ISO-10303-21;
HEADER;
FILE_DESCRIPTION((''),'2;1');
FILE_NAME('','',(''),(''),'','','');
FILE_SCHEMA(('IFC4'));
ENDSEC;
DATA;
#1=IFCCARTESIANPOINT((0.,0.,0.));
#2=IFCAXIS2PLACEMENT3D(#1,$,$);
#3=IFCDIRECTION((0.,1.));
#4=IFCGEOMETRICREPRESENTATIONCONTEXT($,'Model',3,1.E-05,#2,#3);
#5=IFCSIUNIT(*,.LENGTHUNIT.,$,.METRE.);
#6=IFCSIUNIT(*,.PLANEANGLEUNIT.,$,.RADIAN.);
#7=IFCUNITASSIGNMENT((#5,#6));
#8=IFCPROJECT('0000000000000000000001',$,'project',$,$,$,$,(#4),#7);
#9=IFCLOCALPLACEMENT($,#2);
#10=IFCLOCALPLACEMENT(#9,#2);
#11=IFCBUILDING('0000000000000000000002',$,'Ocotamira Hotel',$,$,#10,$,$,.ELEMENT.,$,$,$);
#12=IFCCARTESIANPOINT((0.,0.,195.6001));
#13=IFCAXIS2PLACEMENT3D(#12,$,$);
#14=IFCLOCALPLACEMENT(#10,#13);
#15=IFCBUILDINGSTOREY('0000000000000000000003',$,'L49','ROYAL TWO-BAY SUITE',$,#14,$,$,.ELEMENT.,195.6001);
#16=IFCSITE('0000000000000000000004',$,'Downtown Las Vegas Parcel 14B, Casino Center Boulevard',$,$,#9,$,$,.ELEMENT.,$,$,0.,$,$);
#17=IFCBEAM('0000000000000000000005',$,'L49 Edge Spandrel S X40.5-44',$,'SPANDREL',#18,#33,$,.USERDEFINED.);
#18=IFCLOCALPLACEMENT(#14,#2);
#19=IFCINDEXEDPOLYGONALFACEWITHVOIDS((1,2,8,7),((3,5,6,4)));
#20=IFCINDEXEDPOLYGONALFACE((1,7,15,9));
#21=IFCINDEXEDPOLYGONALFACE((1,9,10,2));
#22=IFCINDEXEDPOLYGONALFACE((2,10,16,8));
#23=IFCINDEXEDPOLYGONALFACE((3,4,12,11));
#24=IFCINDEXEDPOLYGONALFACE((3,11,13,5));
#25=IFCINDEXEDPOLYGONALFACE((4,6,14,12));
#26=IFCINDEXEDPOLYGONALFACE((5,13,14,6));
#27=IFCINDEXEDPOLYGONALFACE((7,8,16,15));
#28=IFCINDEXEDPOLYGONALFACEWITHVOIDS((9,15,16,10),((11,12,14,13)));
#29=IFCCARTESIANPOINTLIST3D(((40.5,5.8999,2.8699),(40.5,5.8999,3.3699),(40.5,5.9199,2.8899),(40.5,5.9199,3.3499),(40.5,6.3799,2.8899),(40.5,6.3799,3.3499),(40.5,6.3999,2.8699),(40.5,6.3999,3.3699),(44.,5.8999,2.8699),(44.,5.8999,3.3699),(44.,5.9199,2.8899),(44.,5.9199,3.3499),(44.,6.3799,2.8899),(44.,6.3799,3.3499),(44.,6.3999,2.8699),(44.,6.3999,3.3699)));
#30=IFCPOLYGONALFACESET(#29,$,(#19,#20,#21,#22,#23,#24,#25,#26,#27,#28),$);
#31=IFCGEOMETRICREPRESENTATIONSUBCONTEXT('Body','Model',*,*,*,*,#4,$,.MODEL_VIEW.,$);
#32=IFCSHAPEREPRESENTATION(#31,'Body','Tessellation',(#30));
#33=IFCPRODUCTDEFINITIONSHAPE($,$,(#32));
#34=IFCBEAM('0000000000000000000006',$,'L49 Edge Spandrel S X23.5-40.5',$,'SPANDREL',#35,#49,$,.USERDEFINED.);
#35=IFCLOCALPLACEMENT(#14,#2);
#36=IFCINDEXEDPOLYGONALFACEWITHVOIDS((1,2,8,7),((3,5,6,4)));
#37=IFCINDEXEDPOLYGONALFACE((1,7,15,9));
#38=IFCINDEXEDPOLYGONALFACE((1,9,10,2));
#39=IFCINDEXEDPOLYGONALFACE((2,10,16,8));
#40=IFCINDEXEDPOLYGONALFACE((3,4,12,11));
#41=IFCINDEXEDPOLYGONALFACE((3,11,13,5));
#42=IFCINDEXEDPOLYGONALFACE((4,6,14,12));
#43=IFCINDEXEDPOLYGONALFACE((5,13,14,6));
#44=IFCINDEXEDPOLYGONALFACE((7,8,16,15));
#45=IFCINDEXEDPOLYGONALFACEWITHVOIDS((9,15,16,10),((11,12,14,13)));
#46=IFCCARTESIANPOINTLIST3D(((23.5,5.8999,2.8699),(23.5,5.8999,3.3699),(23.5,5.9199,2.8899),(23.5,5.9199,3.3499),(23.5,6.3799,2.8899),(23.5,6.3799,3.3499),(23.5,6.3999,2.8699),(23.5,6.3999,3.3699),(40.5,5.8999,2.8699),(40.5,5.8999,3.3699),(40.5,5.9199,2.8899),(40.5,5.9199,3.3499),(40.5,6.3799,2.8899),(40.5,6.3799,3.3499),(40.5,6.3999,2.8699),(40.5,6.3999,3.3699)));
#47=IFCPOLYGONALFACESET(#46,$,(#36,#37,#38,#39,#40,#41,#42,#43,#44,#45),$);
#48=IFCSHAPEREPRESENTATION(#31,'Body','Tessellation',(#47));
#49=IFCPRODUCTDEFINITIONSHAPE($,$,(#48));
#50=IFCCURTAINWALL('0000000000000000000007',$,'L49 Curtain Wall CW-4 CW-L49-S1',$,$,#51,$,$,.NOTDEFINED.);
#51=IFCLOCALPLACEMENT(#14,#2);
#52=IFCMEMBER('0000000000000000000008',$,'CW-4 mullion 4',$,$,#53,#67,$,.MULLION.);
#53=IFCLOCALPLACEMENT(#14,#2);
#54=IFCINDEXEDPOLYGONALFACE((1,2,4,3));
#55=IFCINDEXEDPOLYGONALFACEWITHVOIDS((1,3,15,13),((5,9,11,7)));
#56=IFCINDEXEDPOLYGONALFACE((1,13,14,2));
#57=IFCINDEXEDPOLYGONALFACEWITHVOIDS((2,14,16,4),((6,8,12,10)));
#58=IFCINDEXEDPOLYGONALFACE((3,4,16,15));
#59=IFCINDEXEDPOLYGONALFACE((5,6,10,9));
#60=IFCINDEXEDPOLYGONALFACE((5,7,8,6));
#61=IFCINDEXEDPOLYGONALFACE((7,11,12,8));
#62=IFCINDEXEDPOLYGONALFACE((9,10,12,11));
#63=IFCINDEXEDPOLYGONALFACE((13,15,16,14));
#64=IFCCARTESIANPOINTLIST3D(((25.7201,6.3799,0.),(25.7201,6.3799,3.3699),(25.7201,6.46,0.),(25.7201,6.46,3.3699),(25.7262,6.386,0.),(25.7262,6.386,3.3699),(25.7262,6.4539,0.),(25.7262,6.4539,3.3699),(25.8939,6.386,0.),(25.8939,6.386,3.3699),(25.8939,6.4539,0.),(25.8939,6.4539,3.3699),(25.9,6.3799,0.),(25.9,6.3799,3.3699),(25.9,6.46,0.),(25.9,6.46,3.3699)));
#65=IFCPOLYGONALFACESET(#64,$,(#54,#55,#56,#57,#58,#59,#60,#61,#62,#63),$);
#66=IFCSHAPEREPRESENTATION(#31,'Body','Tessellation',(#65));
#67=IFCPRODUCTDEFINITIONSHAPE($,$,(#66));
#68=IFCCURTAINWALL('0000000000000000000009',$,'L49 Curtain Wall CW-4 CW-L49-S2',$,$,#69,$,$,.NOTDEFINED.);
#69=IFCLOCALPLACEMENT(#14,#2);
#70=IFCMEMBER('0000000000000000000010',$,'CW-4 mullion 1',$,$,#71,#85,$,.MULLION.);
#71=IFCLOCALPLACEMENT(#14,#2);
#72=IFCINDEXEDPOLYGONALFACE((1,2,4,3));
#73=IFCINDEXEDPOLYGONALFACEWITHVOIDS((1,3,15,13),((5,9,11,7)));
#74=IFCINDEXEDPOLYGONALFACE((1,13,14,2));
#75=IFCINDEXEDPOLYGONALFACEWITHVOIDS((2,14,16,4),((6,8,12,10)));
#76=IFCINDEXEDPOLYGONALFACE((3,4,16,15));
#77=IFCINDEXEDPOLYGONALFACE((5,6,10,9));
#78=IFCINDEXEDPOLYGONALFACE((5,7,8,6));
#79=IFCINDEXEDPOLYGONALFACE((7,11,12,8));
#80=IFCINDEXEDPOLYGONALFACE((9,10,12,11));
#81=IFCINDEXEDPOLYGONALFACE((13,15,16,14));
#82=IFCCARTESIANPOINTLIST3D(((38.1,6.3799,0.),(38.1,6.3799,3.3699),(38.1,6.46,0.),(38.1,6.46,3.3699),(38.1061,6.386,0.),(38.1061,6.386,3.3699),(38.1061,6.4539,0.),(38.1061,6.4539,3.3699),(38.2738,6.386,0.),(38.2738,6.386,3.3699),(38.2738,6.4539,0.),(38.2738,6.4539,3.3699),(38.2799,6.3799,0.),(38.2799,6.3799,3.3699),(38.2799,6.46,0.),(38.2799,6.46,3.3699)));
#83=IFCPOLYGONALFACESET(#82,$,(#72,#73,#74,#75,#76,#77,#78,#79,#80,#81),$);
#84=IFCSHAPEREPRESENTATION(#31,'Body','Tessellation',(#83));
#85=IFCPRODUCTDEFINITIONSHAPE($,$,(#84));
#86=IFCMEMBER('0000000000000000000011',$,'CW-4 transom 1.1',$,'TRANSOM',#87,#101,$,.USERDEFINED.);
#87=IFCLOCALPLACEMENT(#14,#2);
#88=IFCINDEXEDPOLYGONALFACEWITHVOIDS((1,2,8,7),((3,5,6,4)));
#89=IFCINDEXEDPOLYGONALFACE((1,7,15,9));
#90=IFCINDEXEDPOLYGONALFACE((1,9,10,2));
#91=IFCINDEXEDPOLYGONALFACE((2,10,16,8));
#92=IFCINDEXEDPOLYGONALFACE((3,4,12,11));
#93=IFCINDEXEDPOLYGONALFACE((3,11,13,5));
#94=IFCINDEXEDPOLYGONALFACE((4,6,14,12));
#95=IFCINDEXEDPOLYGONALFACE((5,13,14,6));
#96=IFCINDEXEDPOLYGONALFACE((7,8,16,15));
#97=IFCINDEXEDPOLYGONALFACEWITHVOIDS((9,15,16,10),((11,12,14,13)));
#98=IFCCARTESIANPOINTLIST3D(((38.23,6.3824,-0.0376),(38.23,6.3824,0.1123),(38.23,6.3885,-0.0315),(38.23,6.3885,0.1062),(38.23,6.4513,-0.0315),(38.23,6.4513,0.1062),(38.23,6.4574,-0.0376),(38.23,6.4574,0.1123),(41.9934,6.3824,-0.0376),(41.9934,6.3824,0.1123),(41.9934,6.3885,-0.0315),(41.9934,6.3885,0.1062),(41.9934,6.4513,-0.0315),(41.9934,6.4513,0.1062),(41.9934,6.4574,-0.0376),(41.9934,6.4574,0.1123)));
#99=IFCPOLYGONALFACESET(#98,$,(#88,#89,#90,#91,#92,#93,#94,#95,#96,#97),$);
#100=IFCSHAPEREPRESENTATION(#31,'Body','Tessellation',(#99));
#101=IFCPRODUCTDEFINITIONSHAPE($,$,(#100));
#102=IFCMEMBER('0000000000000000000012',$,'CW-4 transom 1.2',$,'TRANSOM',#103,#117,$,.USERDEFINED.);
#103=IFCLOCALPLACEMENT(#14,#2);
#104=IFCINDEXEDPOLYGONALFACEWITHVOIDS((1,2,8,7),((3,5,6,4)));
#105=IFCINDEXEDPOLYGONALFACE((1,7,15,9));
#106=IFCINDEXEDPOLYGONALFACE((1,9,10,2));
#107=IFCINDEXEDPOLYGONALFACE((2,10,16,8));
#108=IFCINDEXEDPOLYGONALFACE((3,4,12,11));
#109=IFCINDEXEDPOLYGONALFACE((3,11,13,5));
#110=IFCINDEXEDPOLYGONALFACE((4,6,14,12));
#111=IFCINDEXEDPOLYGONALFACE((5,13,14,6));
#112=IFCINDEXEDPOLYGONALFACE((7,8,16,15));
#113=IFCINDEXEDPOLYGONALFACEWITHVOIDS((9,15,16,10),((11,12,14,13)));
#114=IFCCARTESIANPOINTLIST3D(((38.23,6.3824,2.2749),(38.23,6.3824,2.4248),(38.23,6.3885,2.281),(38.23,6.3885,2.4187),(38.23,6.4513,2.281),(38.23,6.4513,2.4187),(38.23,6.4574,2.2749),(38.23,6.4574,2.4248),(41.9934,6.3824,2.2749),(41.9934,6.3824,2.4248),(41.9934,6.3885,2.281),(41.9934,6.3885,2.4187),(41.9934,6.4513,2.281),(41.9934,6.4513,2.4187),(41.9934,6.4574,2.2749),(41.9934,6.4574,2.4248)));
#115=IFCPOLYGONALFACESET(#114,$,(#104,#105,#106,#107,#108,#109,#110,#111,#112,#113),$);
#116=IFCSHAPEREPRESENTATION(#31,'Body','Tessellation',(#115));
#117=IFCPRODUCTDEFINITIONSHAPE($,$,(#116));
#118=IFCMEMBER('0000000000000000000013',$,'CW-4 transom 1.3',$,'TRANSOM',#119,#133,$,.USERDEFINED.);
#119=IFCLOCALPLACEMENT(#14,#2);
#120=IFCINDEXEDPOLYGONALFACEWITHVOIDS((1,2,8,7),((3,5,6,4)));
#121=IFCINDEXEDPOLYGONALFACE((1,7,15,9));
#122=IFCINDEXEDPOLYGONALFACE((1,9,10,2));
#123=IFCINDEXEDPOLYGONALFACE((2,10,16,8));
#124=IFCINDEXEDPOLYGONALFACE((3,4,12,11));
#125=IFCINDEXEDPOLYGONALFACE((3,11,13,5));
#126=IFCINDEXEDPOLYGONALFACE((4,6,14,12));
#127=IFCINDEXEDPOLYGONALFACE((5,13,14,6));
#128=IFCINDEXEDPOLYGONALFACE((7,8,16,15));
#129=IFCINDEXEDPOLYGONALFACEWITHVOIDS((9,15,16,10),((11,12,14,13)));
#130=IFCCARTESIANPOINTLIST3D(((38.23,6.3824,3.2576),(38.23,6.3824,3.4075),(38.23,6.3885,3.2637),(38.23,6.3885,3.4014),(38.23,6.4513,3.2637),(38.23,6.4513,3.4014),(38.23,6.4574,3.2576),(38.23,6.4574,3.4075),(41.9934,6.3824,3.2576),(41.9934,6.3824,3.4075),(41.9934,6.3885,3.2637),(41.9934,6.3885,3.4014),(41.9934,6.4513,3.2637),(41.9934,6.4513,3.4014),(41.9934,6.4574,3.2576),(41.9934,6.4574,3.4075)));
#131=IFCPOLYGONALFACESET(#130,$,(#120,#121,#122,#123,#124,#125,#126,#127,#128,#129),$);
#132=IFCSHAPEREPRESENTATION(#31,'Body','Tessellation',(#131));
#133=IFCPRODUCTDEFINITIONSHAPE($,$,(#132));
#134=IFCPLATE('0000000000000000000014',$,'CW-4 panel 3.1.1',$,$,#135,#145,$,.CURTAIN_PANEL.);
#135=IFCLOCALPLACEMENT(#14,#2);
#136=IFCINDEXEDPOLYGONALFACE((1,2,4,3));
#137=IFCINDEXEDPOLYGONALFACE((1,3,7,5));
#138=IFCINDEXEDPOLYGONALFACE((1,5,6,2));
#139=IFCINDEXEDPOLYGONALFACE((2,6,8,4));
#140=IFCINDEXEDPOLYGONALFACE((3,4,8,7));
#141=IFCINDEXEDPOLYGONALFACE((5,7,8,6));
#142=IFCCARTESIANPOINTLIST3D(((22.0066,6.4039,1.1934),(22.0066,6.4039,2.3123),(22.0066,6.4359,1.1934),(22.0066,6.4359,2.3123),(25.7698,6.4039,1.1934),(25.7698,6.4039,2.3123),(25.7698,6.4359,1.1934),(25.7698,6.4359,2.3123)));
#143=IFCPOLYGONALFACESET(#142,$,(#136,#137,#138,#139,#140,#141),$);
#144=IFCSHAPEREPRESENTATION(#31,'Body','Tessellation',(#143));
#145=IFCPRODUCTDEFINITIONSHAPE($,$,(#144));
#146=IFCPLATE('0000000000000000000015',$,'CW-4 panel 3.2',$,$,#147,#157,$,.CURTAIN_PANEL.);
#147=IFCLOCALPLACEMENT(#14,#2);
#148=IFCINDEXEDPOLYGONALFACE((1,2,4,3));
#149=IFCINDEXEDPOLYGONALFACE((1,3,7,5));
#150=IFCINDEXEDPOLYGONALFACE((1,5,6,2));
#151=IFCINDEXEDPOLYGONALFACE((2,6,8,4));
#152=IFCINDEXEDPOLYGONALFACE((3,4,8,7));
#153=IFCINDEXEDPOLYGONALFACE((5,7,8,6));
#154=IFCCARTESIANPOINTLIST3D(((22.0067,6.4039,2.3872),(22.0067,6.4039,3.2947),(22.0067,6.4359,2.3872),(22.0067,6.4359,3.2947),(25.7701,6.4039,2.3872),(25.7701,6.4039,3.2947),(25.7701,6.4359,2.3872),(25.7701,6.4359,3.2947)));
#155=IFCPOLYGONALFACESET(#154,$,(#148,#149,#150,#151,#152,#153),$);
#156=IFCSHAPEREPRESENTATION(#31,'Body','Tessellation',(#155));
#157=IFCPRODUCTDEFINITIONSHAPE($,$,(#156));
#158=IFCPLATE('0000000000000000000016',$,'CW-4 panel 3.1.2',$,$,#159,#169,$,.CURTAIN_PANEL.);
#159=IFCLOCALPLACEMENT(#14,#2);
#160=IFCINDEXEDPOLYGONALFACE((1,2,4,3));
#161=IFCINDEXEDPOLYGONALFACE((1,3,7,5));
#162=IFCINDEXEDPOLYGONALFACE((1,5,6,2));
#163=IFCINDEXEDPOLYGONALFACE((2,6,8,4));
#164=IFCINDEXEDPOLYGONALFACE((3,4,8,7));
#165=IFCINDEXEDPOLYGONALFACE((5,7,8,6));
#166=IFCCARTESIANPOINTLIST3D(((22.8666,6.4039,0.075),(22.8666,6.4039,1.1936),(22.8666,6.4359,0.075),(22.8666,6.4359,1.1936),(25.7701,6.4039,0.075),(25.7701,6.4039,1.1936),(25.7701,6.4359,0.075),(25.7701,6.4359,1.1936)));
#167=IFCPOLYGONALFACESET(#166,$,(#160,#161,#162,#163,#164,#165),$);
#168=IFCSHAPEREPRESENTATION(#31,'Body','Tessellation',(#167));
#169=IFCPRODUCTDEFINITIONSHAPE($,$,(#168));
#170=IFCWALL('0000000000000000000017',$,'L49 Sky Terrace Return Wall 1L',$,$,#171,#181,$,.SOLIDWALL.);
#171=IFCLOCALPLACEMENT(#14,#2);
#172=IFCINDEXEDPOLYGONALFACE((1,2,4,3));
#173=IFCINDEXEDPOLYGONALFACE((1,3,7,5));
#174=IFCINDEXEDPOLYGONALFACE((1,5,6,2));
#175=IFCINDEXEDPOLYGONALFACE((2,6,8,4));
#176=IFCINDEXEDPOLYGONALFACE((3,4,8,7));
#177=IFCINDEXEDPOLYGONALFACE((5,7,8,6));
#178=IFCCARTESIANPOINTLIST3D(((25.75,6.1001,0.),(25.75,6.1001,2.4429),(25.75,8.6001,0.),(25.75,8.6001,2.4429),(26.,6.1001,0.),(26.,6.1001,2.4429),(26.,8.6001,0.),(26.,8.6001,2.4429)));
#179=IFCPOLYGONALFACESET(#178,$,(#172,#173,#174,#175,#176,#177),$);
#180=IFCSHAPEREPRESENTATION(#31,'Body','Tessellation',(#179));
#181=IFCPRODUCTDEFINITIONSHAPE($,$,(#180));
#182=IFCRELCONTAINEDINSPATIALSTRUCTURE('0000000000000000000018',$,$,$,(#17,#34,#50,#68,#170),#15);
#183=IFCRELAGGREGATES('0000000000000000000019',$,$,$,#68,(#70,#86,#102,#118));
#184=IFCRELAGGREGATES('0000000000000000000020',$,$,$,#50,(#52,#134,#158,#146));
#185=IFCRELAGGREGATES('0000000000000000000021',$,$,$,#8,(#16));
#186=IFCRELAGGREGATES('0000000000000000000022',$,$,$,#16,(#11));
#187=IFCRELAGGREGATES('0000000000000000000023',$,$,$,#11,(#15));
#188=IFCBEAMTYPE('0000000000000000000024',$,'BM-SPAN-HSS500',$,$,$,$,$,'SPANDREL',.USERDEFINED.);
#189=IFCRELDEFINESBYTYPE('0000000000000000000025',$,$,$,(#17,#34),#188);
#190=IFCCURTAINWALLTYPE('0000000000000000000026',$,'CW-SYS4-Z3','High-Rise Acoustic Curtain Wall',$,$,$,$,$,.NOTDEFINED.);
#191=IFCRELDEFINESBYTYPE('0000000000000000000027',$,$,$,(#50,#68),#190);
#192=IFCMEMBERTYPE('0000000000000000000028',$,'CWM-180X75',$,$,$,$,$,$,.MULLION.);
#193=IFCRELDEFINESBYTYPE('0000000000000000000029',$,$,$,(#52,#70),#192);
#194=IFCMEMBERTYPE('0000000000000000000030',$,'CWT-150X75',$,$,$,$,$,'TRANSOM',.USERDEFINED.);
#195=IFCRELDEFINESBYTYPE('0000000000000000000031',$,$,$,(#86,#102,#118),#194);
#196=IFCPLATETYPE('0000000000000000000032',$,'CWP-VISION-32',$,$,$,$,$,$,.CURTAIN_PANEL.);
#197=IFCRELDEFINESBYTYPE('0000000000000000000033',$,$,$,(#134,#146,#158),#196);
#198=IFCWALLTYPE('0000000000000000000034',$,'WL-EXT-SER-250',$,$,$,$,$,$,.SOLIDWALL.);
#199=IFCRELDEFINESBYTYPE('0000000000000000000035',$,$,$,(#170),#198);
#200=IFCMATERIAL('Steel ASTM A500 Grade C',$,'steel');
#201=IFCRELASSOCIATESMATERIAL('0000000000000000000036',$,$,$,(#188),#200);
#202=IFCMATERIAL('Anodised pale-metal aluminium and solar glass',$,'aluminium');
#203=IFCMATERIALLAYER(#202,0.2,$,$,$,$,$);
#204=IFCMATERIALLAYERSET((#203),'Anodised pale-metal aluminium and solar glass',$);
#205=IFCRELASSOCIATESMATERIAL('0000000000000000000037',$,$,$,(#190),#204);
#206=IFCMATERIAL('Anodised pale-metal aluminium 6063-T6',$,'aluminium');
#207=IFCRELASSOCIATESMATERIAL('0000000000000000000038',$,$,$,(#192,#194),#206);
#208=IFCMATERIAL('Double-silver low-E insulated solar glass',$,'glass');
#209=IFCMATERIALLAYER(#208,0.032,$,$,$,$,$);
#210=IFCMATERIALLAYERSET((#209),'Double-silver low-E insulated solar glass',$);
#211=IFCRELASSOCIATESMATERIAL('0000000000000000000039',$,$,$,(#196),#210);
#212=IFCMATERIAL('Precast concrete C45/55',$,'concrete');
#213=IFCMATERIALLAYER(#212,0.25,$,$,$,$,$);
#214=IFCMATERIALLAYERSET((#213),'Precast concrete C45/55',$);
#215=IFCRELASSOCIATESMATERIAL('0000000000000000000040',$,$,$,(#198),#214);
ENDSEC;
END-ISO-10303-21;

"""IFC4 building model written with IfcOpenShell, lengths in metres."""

from ifc_helpers import new_model, si_unit, direction, frame, frame_2d, origin, origin_2d, place, context, subcontext, project, spatial, rectangle, hollow_rectangle, extrude, source, transform, mapped, material, layer, layer_set, material_profile, profile_set, type_object, element, aggregate, save


model = new_model("IFC4")

# Units and contexts
model_context = context("Model", 3, precision=1e-05, world=origin(), true_north=direction((0.0, 1.0)))
body_context = subcontext(model_context, "Body", "Model", "MODEL_VIEW")
ifc_project = project(units=[si_unit("LENGTHUNIT", "METRE"), si_unit("PLANEANGLEUNIT", "RADIAN")], contexts=[model_context])

# Site, building, storey
site_placement = place(None, origin())
site = spatial("IfcSite", under=ifc_project, at=site_placement, Name="Downtown Las Vegas Parcel 14B, Casino Center Boulevard", CompositionType="ELEMENT", RefElevation=0.0)
building_placement = place(site_placement, origin())
building = spatial("IfcBuilding", under=site, at=building_placement, Name="Ocotamira Hotel", CompositionType="ELEMENT")
storey_placement = place(building_placement, frame((0.0, 0.0, 195.6001)))
storey = spatial("IfcBuildingStorey", under=building, at=storey_placement, Name="L49", Description="ROYAL TWO-BAY SUITE", CompositionType="ELEMENT", Elevation=195.6001)

# Beams
ifc_material_1 = material(Name="Steel ASTM A500 Grade C", Category="steel")
ifc_material_profile_1 = material_profile(ifc_material_1, hollow_rectangle(XDim=0.5, YDim=0.5, WallThickness=0.02, at=origin_2d()), Name="HSS500X500X20")
ifc_profile_set_1 = profile_set([ifc_material_profile_1], Name="Steel ASTM A500 Grade C")
beam_type = type_object("IfcBeamType", Name="BM-SPAN-HSS500", ElementType="SPANDREL", PredefinedType="USERDEFINED", material=ifc_profile_set_1)
shared_shape_1 = source(origin(), body_context, "Body", "SweptSolid", [
    extrude(hollow_rectangle(XDim=0.5, YDim=0.5, WallThickness=0.02, at=origin_2d()), origin(), (0.0, 0.0, 1.0), 3.5),
])
beam_1_placement = place(storey_placement, frame((40.5, 6.1499, 3.1199), z_axis=(1.0, 0.0, 0.0), x_axis=(0.0, 1.0, 0.0)))
element("IfcBeam", 1, at=beam_1_placement, inside=storey, type_object=beam_type, Name="L49 Edge Spandrel S X40.5-44", ObjectType="SPANDREL", PredefinedType="USERDEFINED", context=body_context, shape_type="MappedRepresentation", body=[
    mapped(shared_shape_1, transform((0.0, 0.0, 0.0), scale=1.0)),
])
shared_shape_2 = source(origin(), body_context, "Body", "SweptSolid", [
    extrude(hollow_rectangle(XDim=0.5, YDim=0.5, WallThickness=0.02, at=origin_2d()), origin(), (0.0, 0.0, 1.0), 17.0),
])
beam_2_placement = place(storey_placement, frame((23.5, 6.1499, 3.1199), z_axis=(1.0, 0.0, 0.0), x_axis=(0.0, 1.0, 0.0)))
element("IfcBeam", 2, at=beam_2_placement, inside=storey, type_object=beam_type, Name="L49 Edge Spandrel S X23.5-40.5", ObjectType="SPANDREL", PredefinedType="USERDEFINED", context=body_context, shape_type="MappedRepresentation", body=[
    mapped(shared_shape_2, transform((0.0, 0.0, 0.0), scale=1.0)),
])

# Curtain wall, member
ifc_material_2 = material(Name="Anodised pale-metal aluminium and solar glass", Category="aluminium")
ifc_layer_1 = layer(ifc_material_2, 0.2)
ifc_layer_set_1 = layer_set([ifc_layer_1], Name="Anodised pale-metal aluminium and solar glass")
curtain_wall_type = type_object("IfcCurtainWallType", Name="CW-SYS4-Z3", Description="High-Rise Acoustic Curtain Wall", PredefinedType="NOTDEFINED", material=ifc_layer_set_1)
curtain_wall_1_placement = place(storey_placement, origin())
curtain_wall_1 = element("IfcCurtainWall", 3, at=curtain_wall_1_placement, inside=storey, type_object=curtain_wall_type, Name="L49 Curtain Wall CW-4 CW-L49-S1", PredefinedType="NOTDEFINED")
ifc_material_3 = material(Name="Anodised pale-metal aluminium 6063-T6", Category="aluminium")
ifc_material_profile_2 = material_profile(ifc_material_3, hollow_rectangle(XDim=0.0801, YDim=0.1799, WallThickness=0.0061, at=origin_2d()), Name="HSS180X80X6")
ifc_profile_set_2 = profile_set([ifc_material_profile_2], Name="Anodised pale-metal aluminium 6063-T6")
member_type_1 = type_object("IfcMemberType", Name="CWM-180X75", PredefinedType="MULLION", material=ifc_profile_set_2)
shared_shape_3 = source(origin(), body_context, "Body", "SweptSolid", [
    extrude(hollow_rectangle(XDim=0.0801, YDim=0.1799, WallThickness=0.0061, at=origin_2d()), origin(), (0.0, 0.0, 1.0), 3.3699),
])
member_1_placement = place(storey_placement, frame((25.8101, 6.4199, 0.0), z_axis=(0.0, 0.0, 1.0), x_axis=(0.0, 1.0, 0.0)))
member_1 = element("IfcMember", 4, at=member_1_placement, type_object=member_type_1, Name="CW-4 mullion 4", PredefinedType="MULLION", context=body_context, shape_type="MappedRepresentation", body=[
    mapped(shared_shape_3, transform((0.0, 0.0, 0.0), scale=1.0)),
])

# Curtain wall, members
curtain_wall_2_placement = place(storey_placement, origin())
curtain_wall_2 = element("IfcCurtainWall", 5, at=curtain_wall_2_placement, inside=storey, type_object=curtain_wall_type, Name="L49 Curtain Wall CW-4 CW-L49-S2", PredefinedType="NOTDEFINED")
member_2_placement = place(storey_placement, frame((38.1899, 6.4199, 0.0), z_axis=(0.0, 0.0, 1.0), x_axis=(0.0, 1.0, 0.0)))
member_2 = element("IfcMember", 6, at=member_2_placement, type_object=member_type_1, Name="CW-4 mullion 1", PredefinedType="MULLION", context=body_context, shape_type="MappedRepresentation", body=[
    mapped(shared_shape_3, transform((0.0, 0.0, 0.0), scale=1.0)),
])
ifc_material_profile_3 = material_profile(ifc_material_3, hollow_rectangle(XDim=0.075, YDim=0.1499, WallThickness=0.0061, at=origin_2d()), Name="HSS150X75X6")
ifc_profile_set_3 = profile_set([ifc_material_profile_3], Name="Anodised pale-metal aluminium 6063-T6")
member_type_2 = type_object("IfcMemberType", Name="CWT-150X75", ElementType="TRANSOM", PredefinedType="USERDEFINED", material=ifc_profile_set_3)
shared_shape_4 = source(origin(), body_context, "Body", "SweptSolid", [
    extrude(hollow_rectangle(XDim=0.075, YDim=0.1499, WallThickness=0.0061, at=origin_2d()), origin(), (0.0, 0.0, 1.0), 3.7634),
])
member_3_placement = place(storey_placement, frame((38.23, 6.4199, 0.0374), z_axis=(1.0, 0.0, 0.0), x_axis=(0.0, 1.0, 0.0)))
member_3 = element("IfcMember", 7, at=member_3_placement, type_object=member_type_2, Name="CW-4 transom 1.1", ObjectType="TRANSOM", PredefinedType="USERDEFINED", context=body_context, shape_type="MappedRepresentation", body=[
    mapped(shared_shape_4, transform((0.0, 0.0, 0.0), scale=1.0)),
])
member_4_placement = place(storey_placement, frame((38.23, 6.4199, 2.3499), z_axis=(1.0, 0.0, 0.0), x_axis=(0.0, 1.0, 0.0)))
member_4 = element("IfcMember", 8, at=member_4_placement, type_object=member_type_2, Name="CW-4 transom 1.2", ObjectType="TRANSOM", PredefinedType="USERDEFINED", context=body_context, shape_type="MappedRepresentation", body=[
    mapped(shared_shape_4, transform((0.0, 0.0, 0.0), scale=1.0)),
])
member_5_placement = place(storey_placement, frame((38.23, 6.4199, 3.3325), z_axis=(1.0, 0.0, 0.0), x_axis=(0.0, 1.0, 0.0)))
member_5 = element("IfcMember", 9, at=member_5_placement, type_object=member_type_2, Name="CW-4 transom 1.3", ObjectType="TRANSOM", PredefinedType="USERDEFINED", context=body_context, shape_type="MappedRepresentation", body=[
    mapped(shared_shape_4, transform((0.0, 0.0, 0.0), scale=1.0)),
])
aggregate(curtain_wall_2, [member_2, member_3, member_4, member_5])

# Plates
ifc_material_4 = material(Name="Double-silver low-E insulated solar glass", Category="glass")
ifc_layer_2 = layer(ifc_material_4, 0.032)
ifc_layer_set_2 = layer_set([ifc_layer_2], Name="Double-silver low-E insulated solar glass")
plate_type = type_object("IfcPlateType", Name="CWP-VISION-32", PredefinedType="CURTAIN_PANEL", material=ifc_layer_set_2)
shared_shape_5 = source(origin(), body_context, "Body", "SweptSolid", [
    extrude(rectangle(XDim=3.7632, YDim=0.032, at=origin_2d()), origin(), (0.0, 0.0, 1.0), 1.1189),
])
plate_1_placement = place(storey_placement, frame((23.8882, 6.4199, 1.1934), z_axis=(0.0, 0.0, 1.0), x_axis=(1.0, 0.0, 0.0)))
plate_1 = element("IfcPlate", 10, at=plate_1_placement, type_object=plate_type, Name="CW-4 panel 3.1.1", PredefinedType="CURTAIN_PANEL", context=body_context, shape_type="MappedRepresentation", body=[
    mapped(shared_shape_5, transform((0.0, 0.0, 0.0), scale=1.0)),
])
shared_shape_6 = source(origin(), body_context, "Body", "SweptSolid", [
    extrude(rectangle(XDim=3.7634, YDim=0.032, at=origin_2d()), origin(), (0.0, 0.0, 1.0), 0.9075),
])
plate_2_placement = place(storey_placement, frame((23.8884, 6.4199, 2.3872), z_axis=(0.0, 0.0, 1.0), x_axis=(1.0, 0.0, 0.0)))
plate_2 = element("IfcPlate", 11, at=plate_2_placement, type_object=plate_type, Name="CW-4 panel 3.2", PredefinedType="CURTAIN_PANEL", context=body_context, shape_type="MappedRepresentation", body=[
    mapped(shared_shape_6, transform((0.0, 0.0, 0.0), scale=1.0)),
])
shared_shape_7 = source(origin(), body_context, "Body", "SweptSolid", [
    extrude(rectangle(XDim=2.9036, YDim=0.032, at=origin_2d()), origin(), (0.0, 0.0, 1.0), 1.1187),
])
plate_3_placement = place(storey_placement, frame((24.3184, 6.4199, 0.075), z_axis=(0.0, 0.0, 1.0), x_axis=(1.0, 0.0, 0.0)))
plate_3 = element("IfcPlate", 12, at=plate_3_placement, type_object=plate_type, Name="CW-4 panel 3.1.2", PredefinedType="CURTAIN_PANEL", context=body_context, shape_type="MappedRepresentation", body=[
    mapped(shared_shape_7, transform((0.0, 0.0, 0.0), scale=1.0)),
])
aggregate(curtain_wall_1, [member_1, plate_1, plate_3, plate_2])

# Wall
ifc_material_5 = material(Name="Precast concrete C45/55", Category="concrete")
ifc_layer_3 = layer(ifc_material_5, 0.25)
ifc_layer_set_3 = layer_set([ifc_layer_3], Name="Precast concrete C45/55")
wall_type_1 = type_object("IfcWallType", Name="WL-EXT-SER-250", PredefinedType="SOLIDWALL", material=ifc_layer_set_3)
for number, where, z_axis, x_axis, name in (
    (13, (25.875, 6.1001, 0.0), (0.0, 0.0, 1.0), (0.0, 1.0, 0.0), "L49 Sky Terrace Return Wall 1L"),
):
    element("IfcWall", number, at=place(storey_placement, frame(where, z_axis=z_axis, x_axis=x_axis)), inside=storey, type_object=wall_type_1, Name=name, PredefinedType="SOLIDWALL", context=body_context, shape_type="SweptSolid", body=[
        extrude(rectangle(XDim=2.5, YDim=0.25, at=frame_2d((1.25, 0.0))), origin(), (0.0, 0.0, 1.0), 2.4429),
    ])

save(model, "model.ifc")
